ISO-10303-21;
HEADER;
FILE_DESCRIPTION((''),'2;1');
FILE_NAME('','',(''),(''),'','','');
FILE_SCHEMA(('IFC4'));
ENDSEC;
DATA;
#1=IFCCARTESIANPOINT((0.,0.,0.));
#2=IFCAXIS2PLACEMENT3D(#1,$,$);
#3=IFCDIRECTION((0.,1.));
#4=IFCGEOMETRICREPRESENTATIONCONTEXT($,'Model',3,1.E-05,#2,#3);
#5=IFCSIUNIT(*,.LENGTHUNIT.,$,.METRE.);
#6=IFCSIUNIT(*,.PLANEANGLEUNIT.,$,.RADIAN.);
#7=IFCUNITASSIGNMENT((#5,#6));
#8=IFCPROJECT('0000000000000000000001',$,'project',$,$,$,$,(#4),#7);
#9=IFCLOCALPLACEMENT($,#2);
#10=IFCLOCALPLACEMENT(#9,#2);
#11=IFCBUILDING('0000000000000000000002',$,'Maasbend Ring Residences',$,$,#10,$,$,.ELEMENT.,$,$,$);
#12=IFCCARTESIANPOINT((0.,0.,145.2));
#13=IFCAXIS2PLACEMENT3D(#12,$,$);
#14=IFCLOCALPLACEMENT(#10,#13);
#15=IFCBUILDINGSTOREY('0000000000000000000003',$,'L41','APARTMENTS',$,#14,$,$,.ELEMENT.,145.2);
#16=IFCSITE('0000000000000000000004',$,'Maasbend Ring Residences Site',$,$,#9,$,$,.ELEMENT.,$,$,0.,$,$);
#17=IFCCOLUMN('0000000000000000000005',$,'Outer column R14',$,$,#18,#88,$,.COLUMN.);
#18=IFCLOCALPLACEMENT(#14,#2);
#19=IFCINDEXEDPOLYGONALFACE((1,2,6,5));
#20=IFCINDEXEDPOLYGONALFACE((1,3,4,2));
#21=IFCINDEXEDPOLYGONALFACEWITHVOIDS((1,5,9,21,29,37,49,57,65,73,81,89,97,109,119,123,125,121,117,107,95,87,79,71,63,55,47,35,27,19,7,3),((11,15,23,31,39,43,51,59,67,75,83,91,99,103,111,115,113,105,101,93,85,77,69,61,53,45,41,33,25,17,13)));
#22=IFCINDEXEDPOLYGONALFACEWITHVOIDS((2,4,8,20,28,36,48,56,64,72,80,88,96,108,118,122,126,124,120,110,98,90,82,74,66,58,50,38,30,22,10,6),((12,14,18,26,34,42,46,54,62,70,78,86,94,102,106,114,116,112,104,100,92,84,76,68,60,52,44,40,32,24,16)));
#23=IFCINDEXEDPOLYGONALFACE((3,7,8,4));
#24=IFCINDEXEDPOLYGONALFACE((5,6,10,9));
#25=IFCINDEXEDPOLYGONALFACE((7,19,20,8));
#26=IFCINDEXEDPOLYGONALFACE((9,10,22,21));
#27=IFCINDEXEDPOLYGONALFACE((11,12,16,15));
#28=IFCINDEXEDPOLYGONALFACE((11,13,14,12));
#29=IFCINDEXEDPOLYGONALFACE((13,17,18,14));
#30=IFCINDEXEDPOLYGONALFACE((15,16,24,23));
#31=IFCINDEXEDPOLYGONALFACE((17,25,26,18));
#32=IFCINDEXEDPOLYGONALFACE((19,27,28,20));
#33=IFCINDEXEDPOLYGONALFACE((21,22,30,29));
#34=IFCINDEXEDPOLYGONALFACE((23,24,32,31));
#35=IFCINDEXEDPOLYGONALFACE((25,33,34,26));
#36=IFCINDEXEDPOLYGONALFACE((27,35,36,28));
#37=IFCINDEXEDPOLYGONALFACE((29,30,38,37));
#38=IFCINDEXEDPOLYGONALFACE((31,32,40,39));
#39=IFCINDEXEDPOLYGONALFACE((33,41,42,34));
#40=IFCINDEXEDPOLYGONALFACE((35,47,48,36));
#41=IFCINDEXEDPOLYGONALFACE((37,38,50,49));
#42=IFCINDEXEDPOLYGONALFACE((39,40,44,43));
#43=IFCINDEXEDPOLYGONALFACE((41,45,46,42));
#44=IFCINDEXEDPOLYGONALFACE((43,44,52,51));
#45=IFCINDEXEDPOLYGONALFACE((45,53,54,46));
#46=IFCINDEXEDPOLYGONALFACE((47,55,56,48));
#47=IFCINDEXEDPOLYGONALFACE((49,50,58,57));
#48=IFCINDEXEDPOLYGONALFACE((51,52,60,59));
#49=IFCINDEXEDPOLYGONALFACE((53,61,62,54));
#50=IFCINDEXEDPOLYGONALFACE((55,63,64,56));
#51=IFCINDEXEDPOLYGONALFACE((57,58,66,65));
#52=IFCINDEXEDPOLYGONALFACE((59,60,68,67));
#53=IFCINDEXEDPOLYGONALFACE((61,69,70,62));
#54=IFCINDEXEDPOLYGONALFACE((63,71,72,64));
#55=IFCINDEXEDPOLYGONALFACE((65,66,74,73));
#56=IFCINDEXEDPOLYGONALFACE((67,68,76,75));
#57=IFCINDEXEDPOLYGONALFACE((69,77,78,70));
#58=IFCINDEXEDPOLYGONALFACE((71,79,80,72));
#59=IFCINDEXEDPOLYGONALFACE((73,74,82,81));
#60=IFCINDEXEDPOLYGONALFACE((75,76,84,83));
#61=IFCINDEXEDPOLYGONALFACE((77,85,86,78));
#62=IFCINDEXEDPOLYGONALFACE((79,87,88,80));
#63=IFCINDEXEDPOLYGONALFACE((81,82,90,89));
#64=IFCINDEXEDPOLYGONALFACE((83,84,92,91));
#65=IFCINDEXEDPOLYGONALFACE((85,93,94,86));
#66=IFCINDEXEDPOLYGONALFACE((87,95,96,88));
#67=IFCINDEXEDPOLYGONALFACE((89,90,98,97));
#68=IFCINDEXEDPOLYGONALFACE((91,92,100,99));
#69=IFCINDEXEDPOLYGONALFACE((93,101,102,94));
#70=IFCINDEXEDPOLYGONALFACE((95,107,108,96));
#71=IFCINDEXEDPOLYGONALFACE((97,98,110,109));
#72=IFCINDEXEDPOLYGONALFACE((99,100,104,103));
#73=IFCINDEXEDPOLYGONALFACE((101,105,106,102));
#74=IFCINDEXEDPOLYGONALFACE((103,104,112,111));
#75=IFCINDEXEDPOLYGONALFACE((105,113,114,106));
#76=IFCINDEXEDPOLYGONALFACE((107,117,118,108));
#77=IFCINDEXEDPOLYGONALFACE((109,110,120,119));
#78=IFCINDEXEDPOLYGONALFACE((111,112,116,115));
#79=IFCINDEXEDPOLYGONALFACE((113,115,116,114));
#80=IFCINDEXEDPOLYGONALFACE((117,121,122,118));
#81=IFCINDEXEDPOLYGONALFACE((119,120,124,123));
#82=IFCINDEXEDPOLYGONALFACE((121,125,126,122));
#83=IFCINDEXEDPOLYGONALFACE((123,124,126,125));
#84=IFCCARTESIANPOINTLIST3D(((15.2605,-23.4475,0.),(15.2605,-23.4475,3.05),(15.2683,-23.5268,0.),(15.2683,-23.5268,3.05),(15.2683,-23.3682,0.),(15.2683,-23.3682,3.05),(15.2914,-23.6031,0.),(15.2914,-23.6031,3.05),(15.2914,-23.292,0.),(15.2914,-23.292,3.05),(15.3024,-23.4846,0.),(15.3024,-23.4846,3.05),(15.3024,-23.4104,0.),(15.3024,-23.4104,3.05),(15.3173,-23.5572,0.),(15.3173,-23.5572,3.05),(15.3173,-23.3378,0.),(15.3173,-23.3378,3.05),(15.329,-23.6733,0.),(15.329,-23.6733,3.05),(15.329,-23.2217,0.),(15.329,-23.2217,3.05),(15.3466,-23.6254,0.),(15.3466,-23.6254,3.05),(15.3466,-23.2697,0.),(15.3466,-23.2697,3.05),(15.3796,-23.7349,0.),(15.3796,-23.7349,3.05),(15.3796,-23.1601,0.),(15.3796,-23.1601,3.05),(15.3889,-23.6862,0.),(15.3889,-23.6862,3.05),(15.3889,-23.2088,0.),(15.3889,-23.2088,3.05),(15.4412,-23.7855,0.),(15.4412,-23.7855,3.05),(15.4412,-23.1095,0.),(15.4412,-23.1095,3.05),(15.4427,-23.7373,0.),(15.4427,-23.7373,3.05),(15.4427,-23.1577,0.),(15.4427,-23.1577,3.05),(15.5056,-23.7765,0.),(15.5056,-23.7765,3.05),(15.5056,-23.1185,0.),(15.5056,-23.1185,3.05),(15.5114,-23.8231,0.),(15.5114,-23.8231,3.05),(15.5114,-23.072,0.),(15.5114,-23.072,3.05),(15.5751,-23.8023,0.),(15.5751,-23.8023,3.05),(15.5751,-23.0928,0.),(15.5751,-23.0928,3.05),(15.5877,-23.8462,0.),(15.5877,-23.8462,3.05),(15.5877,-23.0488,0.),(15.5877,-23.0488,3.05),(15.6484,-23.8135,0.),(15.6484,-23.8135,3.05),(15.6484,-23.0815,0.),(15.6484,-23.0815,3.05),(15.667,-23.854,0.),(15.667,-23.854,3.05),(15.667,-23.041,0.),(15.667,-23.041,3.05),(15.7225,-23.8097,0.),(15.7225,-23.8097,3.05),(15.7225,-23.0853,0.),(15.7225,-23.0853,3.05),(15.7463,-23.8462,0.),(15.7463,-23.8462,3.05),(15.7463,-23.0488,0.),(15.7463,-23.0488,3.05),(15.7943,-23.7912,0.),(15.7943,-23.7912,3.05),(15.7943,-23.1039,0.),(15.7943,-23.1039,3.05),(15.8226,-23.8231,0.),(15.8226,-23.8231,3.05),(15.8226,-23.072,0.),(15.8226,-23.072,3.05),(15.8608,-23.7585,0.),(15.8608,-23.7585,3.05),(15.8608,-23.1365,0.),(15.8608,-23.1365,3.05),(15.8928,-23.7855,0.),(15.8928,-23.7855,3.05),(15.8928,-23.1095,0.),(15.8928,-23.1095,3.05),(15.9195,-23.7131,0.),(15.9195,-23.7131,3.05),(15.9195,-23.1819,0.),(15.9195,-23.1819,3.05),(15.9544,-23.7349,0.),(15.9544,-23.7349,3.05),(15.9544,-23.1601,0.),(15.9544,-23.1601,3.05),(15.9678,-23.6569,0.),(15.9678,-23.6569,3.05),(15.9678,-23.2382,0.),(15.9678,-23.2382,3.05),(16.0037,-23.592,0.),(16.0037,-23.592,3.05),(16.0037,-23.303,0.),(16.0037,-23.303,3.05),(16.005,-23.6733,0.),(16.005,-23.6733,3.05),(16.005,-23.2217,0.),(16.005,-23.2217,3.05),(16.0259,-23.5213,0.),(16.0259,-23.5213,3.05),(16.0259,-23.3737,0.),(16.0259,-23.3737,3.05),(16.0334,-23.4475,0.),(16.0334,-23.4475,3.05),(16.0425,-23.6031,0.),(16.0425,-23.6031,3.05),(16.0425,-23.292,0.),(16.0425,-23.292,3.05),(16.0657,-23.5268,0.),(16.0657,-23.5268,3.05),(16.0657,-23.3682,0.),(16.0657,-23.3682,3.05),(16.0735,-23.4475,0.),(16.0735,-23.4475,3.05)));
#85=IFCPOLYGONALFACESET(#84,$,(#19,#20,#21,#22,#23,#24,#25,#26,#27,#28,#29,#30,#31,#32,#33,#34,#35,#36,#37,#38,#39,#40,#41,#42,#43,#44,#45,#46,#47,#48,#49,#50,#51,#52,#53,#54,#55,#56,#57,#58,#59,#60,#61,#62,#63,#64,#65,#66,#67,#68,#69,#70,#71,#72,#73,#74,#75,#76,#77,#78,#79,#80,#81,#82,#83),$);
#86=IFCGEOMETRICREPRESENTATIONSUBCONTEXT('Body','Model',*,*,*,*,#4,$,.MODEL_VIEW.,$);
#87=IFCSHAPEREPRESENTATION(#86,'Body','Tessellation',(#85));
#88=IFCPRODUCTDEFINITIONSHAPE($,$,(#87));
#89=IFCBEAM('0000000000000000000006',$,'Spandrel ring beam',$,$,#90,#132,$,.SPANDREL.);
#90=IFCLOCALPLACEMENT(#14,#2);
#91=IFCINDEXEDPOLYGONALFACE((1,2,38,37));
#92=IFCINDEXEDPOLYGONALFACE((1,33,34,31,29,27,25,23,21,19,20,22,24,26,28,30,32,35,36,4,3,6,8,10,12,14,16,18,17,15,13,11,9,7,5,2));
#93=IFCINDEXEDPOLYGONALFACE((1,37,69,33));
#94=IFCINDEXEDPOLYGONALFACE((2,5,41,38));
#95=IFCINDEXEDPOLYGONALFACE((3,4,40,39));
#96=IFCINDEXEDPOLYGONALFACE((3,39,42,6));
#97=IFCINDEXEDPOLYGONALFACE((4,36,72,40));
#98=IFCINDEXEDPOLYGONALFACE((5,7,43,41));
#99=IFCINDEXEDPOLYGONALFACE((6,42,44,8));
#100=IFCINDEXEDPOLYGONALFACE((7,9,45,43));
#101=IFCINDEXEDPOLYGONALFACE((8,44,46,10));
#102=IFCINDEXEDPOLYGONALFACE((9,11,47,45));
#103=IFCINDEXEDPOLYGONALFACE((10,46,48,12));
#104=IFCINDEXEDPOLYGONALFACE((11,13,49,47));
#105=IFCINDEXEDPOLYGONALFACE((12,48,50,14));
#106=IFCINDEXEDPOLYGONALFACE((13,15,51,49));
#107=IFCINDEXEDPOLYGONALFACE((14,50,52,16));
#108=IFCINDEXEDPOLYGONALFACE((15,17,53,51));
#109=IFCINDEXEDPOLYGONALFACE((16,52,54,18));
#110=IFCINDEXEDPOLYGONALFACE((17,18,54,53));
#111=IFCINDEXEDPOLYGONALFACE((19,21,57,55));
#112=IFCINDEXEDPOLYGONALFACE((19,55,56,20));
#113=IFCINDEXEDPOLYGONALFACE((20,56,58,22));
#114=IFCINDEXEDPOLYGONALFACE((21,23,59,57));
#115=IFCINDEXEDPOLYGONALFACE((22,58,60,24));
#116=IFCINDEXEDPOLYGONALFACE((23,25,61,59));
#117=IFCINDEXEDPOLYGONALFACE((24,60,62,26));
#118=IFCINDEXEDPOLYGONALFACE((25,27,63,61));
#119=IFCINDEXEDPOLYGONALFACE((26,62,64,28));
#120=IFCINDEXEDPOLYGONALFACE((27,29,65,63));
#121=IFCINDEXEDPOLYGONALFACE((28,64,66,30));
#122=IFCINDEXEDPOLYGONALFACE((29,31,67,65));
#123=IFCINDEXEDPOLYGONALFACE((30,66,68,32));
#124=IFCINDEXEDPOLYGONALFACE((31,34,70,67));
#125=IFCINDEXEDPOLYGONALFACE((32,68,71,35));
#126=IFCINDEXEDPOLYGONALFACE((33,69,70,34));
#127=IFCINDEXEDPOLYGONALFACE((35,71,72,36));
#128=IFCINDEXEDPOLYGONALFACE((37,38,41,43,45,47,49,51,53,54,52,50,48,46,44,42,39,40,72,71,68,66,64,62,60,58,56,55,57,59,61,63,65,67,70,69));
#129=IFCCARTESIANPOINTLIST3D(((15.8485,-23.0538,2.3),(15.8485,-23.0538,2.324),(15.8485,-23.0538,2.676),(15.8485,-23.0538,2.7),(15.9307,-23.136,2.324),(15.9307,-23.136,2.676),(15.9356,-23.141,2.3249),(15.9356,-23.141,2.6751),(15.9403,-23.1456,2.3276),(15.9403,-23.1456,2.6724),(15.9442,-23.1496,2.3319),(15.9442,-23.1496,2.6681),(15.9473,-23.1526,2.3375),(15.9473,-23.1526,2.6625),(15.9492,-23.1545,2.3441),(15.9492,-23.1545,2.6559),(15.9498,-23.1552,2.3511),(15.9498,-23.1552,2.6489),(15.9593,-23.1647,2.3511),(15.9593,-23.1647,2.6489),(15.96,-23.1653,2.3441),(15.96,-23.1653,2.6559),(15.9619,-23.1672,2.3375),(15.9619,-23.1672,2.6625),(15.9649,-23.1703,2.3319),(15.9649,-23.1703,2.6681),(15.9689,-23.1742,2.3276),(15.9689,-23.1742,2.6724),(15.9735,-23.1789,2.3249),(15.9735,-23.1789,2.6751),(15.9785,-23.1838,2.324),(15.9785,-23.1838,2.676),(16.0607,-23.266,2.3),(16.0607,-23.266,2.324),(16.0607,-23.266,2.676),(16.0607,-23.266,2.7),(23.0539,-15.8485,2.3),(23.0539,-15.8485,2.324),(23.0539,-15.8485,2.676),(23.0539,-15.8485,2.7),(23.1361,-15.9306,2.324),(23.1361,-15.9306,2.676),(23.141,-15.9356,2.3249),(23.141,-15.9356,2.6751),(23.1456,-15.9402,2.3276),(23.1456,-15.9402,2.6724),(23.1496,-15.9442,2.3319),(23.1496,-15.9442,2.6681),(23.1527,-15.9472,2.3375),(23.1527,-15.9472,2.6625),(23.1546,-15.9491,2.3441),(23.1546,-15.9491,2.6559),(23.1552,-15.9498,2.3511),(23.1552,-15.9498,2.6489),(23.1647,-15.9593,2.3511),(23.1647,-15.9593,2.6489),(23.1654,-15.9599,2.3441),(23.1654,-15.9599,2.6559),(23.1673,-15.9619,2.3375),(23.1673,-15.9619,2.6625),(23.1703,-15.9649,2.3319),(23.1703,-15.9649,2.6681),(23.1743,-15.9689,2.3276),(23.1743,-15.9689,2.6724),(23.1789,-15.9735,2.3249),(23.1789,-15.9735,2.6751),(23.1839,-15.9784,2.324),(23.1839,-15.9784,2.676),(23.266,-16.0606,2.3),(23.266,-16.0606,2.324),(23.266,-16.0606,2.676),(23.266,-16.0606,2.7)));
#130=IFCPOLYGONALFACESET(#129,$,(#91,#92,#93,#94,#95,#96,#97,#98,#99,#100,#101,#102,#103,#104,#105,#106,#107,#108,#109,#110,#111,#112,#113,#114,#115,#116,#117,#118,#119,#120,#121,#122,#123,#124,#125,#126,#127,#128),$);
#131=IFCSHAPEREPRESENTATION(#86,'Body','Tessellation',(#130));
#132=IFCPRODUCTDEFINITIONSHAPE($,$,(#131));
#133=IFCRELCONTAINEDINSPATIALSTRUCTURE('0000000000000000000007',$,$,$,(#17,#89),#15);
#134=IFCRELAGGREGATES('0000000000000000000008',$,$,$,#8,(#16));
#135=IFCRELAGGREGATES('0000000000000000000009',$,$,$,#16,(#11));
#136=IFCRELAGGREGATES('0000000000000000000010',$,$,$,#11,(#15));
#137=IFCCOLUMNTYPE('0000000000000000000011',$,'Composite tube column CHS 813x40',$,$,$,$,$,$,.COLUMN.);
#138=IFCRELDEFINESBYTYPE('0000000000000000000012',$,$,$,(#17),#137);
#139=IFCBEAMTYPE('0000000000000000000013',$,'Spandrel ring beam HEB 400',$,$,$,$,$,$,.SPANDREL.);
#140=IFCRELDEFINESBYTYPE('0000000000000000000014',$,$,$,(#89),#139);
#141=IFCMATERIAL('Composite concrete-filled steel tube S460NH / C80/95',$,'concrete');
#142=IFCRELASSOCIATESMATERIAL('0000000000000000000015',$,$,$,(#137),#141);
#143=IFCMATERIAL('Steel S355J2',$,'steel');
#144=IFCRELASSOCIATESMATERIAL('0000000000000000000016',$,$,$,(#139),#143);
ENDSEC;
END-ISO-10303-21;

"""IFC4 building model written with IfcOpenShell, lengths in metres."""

from ifc_helpers import new_model, si_unit, direction, frame, origin, origin_2d, place, context, subcontext, project, spatial, hollow_circle, i_section, extrude, material, material_profile, profile_set, type_object, element, save


model = new_model("IFC4")

# Units and contexts
model_context = context("Model", 3, precision=1e-05, world=origin(), true_north=direction((0.0, 1.0)))
body_context = subcontext(model_context, "Body", "Model", "MODEL_VIEW")
ifc_project = project(units=[si_unit("LENGTHUNIT", "METRE"), si_unit("PLANEANGLEUNIT", "RADIAN")], contexts=[model_context])

# Site, building, storey
site_placement = place(None, origin())
site = spatial("IfcSite", under=ifc_project, at=site_placement, Name="Maasbend Ring Residences Site", CompositionType="ELEMENT", RefElevation=0.0)
building_placement = place(site_placement, origin())
building = spatial("IfcBuilding", under=site, at=building_placement, Name="Maasbend Ring Residences", CompositionType="ELEMENT")
storey_placement = place(building_placement, frame((0.0, 0.0, 145.2)))
storey = spatial("IfcBuildingStorey", under=building, at=storey_placement, Name="L41", Description="APARTMENTS", CompositionType="ELEMENT", Elevation=145.2)

# Column
ifc_material_1 = material(Name="Composite concrete-filled steel tube S460NH / C80/95", Category="concrete")
ifc_material_profile_1 = material_profile(ifc_material_1, hollow_circle(Radius=0.4065, WallThickness=0.04, at=origin_2d()), Name="Composite tube column CHS 813x40")
ifc_profile_set_1 = profile_set([ifc_material_profile_1], Name="Composite concrete-filled steel tube S460NH / C80/95")
column_type = type_object("IfcColumnType", Name="Composite tube column CHS 813x40", PredefinedType="COLUMN", material=ifc_profile_set_1)
column_placement = place(storey_placement, frame((15.667, -23.4475, 0.0), z_axis=(0.0, 0.0, 1.0), x_axis=(1.0, 0.0, 0.0)))
element("IfcColumn", 1, at=column_placement, inside=storey, type_object=column_type, Name="Outer column R14", PredefinedType="COLUMN", context=body_context, shape_type="SweptSolid", body=[
    extrude(hollow_circle(Radius=0.4065, WallThickness=0.04, at=origin_2d()), origin(), (0.0, 0.0, 1.0), 3.05),
])

# Beam
ifc_material_2 = material(Name="Steel S355J2", Category="steel")
ifc_material_profile_2 = material_profile(ifc_material_2, i_section(OverallWidth=0.3, OverallDepth=0.3999, WebThickness=0.0134, FlangeThickness=0.0239, FilletRadius=0.0271, at=origin_2d()), Name="HEB 400")
ifc_profile_set_2 = profile_set([ifc_material_profile_2], Name="Steel S355J2")
beam_type = type_object("IfcBeamType", Name="Spandrel ring beam HEB 400", PredefinedType="SPANDREL", material=ifc_profile_set_2)
beam_placement = place(storey_placement, frame((15.9546, -23.1599, 2.5), z_axis=(0.707107, 0.707107, 0.0), x_axis=(-0.707107, 0.707107, 0.0)))
element("IfcBeam", 2, at=beam_placement, inside=storey, type_object=beam_type, Name="Spandrel ring beam", PredefinedType="SPANDREL", context=body_context, shape_type="SweptSolid", body=[
    extrude(i_section(OverallWidth=0.3, OverallDepth=0.3999, WebThickness=0.0134, FlangeThickness=0.0239, FilletRadius=0.0271, at=origin_2d()), origin(), (0.0, 0.0, 1.0), 10.1899),
])

save(model, "model.ifc")
